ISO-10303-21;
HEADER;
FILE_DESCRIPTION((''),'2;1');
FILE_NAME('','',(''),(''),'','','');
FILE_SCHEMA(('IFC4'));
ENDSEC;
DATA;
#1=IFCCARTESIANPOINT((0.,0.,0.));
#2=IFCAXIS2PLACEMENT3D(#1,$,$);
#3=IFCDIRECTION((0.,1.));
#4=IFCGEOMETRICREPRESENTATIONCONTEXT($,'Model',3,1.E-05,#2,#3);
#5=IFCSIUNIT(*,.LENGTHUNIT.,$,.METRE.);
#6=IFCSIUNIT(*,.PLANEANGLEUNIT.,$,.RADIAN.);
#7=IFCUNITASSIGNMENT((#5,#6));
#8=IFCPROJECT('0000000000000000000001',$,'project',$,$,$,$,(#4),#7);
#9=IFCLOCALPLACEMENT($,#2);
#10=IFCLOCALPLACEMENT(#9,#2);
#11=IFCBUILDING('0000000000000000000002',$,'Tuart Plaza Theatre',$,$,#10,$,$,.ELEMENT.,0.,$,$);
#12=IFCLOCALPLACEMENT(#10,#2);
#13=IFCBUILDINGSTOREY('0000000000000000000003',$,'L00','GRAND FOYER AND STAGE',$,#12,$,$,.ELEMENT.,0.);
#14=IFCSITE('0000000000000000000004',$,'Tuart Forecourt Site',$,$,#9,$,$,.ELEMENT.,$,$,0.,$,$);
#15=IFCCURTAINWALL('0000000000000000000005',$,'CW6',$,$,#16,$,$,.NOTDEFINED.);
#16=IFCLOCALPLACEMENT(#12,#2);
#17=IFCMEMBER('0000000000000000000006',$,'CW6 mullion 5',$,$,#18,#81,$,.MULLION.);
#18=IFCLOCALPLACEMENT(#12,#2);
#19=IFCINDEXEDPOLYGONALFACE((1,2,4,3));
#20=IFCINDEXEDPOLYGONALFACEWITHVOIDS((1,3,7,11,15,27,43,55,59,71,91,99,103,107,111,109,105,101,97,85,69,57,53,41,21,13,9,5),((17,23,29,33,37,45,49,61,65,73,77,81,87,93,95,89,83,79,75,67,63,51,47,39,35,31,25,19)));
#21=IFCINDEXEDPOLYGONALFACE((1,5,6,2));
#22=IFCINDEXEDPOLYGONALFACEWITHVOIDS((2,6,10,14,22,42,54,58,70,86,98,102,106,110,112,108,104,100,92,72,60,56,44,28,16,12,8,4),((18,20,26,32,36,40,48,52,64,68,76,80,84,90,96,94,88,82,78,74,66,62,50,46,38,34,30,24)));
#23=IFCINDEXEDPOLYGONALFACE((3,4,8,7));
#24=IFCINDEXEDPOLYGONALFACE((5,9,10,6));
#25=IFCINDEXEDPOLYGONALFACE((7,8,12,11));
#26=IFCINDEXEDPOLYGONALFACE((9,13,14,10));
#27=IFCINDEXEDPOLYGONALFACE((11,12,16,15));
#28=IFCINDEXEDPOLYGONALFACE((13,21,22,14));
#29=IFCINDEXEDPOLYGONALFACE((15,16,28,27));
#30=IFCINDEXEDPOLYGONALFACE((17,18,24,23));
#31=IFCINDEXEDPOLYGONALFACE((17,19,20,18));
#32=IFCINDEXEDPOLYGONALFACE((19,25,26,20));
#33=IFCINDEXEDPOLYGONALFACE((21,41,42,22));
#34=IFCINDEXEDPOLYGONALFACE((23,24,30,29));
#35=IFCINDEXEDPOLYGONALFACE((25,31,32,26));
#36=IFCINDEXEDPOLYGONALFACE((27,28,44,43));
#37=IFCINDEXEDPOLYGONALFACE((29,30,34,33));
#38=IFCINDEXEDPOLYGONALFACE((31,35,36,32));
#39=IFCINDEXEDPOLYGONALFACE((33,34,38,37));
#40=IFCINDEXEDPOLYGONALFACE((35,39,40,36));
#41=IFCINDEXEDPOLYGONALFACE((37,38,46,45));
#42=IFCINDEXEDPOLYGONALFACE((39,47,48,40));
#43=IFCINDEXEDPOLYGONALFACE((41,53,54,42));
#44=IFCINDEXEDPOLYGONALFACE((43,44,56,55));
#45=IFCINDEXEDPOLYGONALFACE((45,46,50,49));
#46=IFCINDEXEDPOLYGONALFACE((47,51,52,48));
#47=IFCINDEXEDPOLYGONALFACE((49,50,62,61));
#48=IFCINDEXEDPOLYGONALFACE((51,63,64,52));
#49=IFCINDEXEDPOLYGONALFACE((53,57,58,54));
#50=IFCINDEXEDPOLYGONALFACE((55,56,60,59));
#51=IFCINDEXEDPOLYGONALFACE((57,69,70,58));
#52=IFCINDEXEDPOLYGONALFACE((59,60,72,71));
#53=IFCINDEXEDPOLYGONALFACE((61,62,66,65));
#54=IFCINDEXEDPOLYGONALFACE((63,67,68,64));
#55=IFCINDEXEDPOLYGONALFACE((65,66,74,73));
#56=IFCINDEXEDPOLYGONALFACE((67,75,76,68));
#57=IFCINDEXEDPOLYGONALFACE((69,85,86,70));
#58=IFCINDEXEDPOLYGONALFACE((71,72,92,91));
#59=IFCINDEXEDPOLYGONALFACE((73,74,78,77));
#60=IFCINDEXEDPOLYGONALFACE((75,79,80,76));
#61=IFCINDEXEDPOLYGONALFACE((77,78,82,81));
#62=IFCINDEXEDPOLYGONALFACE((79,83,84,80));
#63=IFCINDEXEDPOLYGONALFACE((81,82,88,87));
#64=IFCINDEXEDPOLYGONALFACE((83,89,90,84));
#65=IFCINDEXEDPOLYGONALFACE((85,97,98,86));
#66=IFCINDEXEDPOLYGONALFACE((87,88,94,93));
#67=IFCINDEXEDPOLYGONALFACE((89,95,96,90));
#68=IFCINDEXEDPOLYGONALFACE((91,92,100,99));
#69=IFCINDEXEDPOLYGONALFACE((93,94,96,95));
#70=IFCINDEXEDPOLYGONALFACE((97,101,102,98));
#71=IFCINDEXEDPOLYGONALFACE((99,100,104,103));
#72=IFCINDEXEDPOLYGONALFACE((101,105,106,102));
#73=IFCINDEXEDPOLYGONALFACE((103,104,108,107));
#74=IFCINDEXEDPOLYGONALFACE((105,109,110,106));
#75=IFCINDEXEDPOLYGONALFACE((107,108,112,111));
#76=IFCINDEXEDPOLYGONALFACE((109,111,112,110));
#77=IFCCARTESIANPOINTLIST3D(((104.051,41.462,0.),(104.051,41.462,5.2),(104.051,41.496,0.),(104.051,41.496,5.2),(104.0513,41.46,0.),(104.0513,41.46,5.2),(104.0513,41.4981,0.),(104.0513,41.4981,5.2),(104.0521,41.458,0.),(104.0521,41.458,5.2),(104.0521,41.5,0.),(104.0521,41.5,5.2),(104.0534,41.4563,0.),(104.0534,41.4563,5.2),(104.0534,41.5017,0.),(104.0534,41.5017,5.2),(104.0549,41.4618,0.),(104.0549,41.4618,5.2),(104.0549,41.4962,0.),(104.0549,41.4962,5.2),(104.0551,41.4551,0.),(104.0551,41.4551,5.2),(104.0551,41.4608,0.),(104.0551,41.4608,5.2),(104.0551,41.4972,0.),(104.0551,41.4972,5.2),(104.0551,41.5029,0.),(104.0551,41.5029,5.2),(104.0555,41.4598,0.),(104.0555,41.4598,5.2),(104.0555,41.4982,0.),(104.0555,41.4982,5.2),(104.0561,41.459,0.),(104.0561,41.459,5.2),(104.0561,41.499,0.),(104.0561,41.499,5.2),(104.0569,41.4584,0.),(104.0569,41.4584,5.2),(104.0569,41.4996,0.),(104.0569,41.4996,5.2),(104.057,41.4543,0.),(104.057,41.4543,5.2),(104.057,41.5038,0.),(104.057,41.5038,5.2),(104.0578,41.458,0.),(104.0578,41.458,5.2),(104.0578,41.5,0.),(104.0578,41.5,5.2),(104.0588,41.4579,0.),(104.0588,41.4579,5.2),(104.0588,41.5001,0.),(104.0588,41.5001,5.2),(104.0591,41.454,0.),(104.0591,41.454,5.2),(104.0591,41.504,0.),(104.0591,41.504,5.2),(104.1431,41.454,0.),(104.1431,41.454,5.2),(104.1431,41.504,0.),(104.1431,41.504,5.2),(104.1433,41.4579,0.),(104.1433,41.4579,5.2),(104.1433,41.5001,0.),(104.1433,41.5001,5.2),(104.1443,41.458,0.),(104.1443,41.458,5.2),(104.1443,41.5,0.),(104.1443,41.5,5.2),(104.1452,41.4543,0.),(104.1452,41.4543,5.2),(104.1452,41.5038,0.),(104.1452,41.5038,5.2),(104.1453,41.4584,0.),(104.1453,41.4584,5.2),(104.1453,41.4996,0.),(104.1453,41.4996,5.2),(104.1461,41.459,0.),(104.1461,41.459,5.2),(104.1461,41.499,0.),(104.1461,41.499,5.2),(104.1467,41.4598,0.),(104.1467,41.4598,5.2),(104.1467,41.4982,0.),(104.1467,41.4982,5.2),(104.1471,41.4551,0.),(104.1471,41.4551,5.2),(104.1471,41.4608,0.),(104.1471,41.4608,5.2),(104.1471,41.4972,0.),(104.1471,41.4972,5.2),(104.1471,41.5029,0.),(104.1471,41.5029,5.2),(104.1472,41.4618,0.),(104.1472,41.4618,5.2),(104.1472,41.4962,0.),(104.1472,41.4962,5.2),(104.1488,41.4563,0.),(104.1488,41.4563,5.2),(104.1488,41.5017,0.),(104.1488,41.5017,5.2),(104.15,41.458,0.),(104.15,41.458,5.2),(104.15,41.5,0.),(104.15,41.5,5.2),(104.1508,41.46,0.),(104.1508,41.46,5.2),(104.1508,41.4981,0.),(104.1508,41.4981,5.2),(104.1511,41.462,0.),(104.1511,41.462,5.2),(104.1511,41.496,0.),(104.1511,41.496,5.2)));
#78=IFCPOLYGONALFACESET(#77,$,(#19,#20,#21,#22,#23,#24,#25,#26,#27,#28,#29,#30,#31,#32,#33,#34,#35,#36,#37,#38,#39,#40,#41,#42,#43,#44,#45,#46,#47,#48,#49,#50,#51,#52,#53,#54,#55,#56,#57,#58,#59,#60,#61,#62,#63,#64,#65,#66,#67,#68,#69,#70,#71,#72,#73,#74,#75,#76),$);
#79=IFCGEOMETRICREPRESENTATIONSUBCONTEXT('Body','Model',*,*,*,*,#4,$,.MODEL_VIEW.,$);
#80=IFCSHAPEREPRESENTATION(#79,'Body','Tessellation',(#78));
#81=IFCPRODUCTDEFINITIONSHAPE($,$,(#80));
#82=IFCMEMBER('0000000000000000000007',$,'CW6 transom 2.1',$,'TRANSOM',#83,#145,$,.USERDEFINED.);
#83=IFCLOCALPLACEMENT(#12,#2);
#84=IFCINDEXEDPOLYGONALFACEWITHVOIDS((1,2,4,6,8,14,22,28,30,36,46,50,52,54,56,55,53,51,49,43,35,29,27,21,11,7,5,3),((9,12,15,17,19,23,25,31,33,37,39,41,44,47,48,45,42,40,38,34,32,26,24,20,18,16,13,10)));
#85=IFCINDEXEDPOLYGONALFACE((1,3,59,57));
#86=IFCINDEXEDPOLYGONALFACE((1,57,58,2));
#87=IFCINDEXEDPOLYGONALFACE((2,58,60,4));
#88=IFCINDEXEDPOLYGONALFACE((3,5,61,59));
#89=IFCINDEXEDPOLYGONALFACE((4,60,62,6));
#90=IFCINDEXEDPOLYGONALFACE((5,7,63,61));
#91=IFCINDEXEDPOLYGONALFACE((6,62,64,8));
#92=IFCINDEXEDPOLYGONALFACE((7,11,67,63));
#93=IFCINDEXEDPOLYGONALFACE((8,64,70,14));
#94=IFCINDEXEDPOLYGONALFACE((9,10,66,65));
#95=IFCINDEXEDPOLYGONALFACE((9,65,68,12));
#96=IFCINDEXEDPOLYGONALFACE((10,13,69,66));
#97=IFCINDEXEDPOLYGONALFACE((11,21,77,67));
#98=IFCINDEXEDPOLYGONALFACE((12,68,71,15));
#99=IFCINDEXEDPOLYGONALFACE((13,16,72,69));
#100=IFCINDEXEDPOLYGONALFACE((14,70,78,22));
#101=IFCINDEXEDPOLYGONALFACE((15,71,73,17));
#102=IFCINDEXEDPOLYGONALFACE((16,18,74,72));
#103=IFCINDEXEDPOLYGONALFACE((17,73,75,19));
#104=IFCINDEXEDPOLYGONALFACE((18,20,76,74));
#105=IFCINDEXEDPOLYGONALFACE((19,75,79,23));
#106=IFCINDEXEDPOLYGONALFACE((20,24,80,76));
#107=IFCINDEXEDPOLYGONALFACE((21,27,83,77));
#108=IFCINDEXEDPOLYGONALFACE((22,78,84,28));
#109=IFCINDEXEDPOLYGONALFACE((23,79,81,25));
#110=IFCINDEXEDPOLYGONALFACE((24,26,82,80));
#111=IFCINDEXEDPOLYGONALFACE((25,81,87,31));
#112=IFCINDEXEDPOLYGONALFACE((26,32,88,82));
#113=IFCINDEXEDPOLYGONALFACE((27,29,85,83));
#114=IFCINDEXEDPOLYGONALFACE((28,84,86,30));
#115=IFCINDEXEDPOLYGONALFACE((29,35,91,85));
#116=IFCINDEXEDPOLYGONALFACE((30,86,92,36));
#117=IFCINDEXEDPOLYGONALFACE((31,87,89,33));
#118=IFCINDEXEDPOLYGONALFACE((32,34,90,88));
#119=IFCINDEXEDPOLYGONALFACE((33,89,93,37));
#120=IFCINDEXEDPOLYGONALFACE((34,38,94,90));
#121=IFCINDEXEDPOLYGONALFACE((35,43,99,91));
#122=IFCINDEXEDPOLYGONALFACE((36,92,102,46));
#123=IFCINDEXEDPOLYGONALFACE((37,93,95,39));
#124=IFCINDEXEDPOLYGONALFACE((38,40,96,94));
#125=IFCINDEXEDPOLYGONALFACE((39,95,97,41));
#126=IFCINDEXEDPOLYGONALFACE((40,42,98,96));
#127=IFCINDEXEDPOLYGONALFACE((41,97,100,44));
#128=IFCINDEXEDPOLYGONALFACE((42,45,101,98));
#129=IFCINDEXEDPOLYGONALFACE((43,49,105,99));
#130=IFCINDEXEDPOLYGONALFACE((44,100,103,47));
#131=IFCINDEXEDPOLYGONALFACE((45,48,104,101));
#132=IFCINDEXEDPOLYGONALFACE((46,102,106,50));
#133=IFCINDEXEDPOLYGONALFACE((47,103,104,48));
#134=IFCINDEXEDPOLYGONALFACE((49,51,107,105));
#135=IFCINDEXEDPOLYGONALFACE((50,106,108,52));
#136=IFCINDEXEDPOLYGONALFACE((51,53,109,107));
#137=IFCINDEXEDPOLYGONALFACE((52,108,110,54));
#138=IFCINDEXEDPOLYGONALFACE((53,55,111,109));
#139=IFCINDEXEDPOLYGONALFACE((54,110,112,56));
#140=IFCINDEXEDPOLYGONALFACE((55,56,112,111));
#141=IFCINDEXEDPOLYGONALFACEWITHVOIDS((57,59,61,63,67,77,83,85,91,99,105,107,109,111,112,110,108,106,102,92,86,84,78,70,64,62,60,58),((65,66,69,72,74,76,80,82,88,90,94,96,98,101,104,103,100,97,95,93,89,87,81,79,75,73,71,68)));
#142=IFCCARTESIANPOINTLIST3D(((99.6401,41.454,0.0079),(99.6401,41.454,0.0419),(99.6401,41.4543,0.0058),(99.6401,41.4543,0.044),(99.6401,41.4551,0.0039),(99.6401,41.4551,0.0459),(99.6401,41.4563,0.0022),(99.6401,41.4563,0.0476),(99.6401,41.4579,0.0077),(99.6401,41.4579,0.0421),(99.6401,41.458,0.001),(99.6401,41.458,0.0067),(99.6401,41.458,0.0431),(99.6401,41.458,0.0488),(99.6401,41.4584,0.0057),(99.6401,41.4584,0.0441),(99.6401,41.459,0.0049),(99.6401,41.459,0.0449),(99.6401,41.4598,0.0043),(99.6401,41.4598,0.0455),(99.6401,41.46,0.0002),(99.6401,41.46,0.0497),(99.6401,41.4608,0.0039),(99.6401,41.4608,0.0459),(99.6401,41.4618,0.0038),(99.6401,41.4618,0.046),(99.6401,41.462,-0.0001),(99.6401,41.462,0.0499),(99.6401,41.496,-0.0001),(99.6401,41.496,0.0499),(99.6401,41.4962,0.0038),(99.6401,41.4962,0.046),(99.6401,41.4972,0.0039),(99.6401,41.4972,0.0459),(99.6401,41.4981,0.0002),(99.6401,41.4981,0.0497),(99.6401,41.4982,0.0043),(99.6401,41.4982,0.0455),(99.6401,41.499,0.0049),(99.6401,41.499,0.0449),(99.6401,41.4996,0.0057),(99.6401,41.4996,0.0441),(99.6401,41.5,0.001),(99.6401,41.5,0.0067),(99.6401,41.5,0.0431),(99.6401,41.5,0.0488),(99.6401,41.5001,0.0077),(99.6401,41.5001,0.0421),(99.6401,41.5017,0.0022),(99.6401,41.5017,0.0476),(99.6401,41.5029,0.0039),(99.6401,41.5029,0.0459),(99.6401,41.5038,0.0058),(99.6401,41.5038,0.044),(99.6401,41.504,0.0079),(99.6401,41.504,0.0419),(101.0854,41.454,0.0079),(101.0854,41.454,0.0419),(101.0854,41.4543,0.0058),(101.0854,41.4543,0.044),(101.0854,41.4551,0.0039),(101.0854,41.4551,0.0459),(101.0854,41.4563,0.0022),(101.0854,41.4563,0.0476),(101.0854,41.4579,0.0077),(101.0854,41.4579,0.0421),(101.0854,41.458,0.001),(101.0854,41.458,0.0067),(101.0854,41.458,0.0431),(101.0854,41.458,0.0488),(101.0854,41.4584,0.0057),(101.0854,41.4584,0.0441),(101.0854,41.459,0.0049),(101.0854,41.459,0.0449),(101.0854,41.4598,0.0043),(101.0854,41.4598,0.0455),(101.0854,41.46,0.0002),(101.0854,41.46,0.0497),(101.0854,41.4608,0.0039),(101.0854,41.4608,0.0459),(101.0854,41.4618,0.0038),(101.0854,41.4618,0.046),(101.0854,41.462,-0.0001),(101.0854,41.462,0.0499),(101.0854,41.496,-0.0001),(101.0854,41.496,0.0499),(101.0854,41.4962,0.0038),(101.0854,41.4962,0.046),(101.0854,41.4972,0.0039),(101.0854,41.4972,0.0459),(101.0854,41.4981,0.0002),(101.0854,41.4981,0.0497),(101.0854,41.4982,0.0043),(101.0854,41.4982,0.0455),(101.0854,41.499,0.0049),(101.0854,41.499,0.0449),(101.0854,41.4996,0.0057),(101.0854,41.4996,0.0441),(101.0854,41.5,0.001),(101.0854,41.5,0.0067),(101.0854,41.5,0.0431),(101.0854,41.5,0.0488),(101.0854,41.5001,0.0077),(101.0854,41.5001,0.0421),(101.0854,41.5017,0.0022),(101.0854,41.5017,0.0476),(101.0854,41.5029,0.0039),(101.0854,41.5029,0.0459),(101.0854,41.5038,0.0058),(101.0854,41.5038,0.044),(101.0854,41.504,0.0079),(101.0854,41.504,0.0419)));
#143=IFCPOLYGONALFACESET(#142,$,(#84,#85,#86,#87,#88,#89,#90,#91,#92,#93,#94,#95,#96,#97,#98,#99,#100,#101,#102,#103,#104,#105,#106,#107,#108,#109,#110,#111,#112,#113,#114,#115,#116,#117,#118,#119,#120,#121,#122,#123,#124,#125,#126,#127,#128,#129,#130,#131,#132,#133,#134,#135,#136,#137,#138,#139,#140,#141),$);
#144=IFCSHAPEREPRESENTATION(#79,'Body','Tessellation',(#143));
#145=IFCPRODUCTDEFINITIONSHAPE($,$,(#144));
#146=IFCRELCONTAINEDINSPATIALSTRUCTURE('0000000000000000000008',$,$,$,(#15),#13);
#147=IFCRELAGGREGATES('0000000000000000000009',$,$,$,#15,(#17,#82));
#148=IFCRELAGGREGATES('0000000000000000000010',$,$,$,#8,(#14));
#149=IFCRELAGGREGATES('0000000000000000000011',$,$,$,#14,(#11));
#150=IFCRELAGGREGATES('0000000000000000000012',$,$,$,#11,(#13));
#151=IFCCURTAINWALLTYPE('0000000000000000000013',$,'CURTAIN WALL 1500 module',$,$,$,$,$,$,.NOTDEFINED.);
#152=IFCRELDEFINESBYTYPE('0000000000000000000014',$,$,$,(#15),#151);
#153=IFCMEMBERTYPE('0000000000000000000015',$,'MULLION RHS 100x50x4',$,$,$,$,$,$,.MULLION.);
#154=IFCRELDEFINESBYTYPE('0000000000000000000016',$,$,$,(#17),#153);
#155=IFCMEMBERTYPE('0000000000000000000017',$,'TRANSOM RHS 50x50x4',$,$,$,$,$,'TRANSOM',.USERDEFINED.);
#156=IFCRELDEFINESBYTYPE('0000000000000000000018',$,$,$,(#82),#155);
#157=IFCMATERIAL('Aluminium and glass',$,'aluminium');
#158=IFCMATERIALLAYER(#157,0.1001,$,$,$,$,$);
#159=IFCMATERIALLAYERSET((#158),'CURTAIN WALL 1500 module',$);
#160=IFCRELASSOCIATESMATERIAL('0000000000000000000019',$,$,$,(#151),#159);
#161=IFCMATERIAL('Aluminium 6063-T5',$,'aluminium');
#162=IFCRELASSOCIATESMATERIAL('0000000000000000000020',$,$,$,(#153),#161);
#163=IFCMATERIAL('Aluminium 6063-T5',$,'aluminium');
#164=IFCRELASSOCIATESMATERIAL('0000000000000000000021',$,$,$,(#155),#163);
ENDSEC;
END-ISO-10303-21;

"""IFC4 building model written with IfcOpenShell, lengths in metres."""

from ifc_helpers import new_model, si_unit, direction, frame, origin, origin_2d, place, context, subcontext, project, spatial, hollow_rectangle, extrude, material, layer, layer_set, material_profile, profile_set, type_object, element, aggregate, save


model = new_model("IFC4")

# Units and contexts
model_context = context("Model", 3, precision=1e-05, world=origin(), true_north=direction((0.0, 1.0)))
body_context = subcontext(model_context, "Body", "Model", "MODEL_VIEW")
ifc_project = project(units=[si_unit("LENGTHUNIT", "METRE"), si_unit("PLANEANGLEUNIT", "RADIAN")], contexts=[model_context])

# Site, building, storey
site_placement = place(None, origin())
site = spatial("IfcSite", under=ifc_project, at=site_placement, Name="Tuart Forecourt Site", CompositionType="ELEMENT", RefElevation=0.0)
building_placement = place(site_placement, origin())
building = spatial("IfcBuilding", under=site, at=building_placement, Name="Tuart Plaza Theatre", CompositionType="ELEMENT", ElevationOfRefHeight=0.0)
storey_placement = place(building_placement, origin())
storey = spatial("IfcBuildingStorey", under=building, at=storey_placement, Name="L00", Description="GRAND FOYER AND STAGE", CompositionType="ELEMENT", Elevation=0.0)

# Curtain wall, members
ifc_material_1 = material(Name="Aluminium and glass", Category="aluminium")
ifc_layer_1 = layer(ifc_material_1, 0.1001)
ifc_layer_set_1 = layer_set([ifc_layer_1], Name="CURTAIN WALL 1500 module")
curtain_wall_type = type_object("IfcCurtainWallType", Name="CURTAIN WALL 1500 module", PredefinedType="NOTDEFINED", material=ifc_layer_set_1)
curtain_wall_placement = place(storey_placement, origin())
curtain_wall = element("IfcCurtainWall", 1, at=curtain_wall_placement, inside=storey, type_object=curtain_wall_type, Name="CW6", PredefinedType="NOTDEFINED")
ifc_material_2 = material(Name="Aluminium 6063-T5", Category="aluminium")
ifc_material_profile_1 = material_profile(ifc_material_2, hollow_rectangle(XDim=0.05, YDim=0.1001, WallThickness=0.0039, InnerFilletRadius=0.0039, OuterFilletRadius=0.0081, at=origin_2d()), Name="RHS 100x50x4")
ifc_profile_set_1 = profile_set([ifc_material_profile_1], Name="Aluminium 6063-T5")
member_type_1 = type_object("IfcMemberType", Name="MULLION RHS 100x50x4", PredefinedType="MULLION", material=ifc_profile_set_1)
member_1_placement = place(storey_placement, frame((104.1011, 41.479, 0.0), z_axis=(0.0, 0.0, 1.0), x_axis=(0.0, 1.0, 0.0)))
member_1 = element("IfcMember", 2, at=member_1_placement, type_object=member_type_1, Name="CW6 mullion 5", PredefinedType="MULLION", context=body_context, shape_type="SweptSolid", body=[
    extrude(hollow_rectangle(XDim=0.05, YDim=0.1001, WallThickness=0.0039, InnerFilletRadius=0.0039, OuterFilletRadius=0.0081, at=origin_2d()), origin(), (0.0, 0.0, 1.0), 5.2),
])
ifc_material_3 = material(Name="Aluminium 6063-T5", Category="aluminium")
ifc_material_profile_2 = material_profile(ifc_material_3, hollow_rectangle(XDim=0.05, YDim=0.05, WallThickness=0.0039, InnerFilletRadius=0.0039, OuterFilletRadius=0.0081, at=origin_2d()), Name="RHS 50x50x4")
ifc_profile_set_2 = profile_set([ifc_material_profile_2], Name="Aluminium 6063-T5")
member_type_2 = type_object("IfcMemberType", Name="TRANSOM RHS 50x50x4", ElementType="TRANSOM", PredefinedType="USERDEFINED", material=ifc_profile_set_2)
member_2_placement = place(storey_placement, frame((99.6401, 41.479, 0.0249), z_axis=(1.0, 0.0, 0.0), x_axis=(0.0, 1.0, 0.0)))
member_2 = element("IfcMember", 3, at=member_2_placement, type_object=member_type_2, Name="CW6 transom 2.1", ObjectType="TRANSOM", PredefinedType="USERDEFINED", context=body_context, shape_type="SweptSolid", body=[
    extrude(hollow_rectangle(XDim=0.05, YDim=0.05, WallThickness=0.0039, InnerFilletRadius=0.0039, OuterFilletRadius=0.0081, at=origin_2d()), origin(), (0.0, 0.0, 1.0), 1.4453),
])
aggregate(curtain_wall, [member_1, member_2])

save(model, "model.ifc")
